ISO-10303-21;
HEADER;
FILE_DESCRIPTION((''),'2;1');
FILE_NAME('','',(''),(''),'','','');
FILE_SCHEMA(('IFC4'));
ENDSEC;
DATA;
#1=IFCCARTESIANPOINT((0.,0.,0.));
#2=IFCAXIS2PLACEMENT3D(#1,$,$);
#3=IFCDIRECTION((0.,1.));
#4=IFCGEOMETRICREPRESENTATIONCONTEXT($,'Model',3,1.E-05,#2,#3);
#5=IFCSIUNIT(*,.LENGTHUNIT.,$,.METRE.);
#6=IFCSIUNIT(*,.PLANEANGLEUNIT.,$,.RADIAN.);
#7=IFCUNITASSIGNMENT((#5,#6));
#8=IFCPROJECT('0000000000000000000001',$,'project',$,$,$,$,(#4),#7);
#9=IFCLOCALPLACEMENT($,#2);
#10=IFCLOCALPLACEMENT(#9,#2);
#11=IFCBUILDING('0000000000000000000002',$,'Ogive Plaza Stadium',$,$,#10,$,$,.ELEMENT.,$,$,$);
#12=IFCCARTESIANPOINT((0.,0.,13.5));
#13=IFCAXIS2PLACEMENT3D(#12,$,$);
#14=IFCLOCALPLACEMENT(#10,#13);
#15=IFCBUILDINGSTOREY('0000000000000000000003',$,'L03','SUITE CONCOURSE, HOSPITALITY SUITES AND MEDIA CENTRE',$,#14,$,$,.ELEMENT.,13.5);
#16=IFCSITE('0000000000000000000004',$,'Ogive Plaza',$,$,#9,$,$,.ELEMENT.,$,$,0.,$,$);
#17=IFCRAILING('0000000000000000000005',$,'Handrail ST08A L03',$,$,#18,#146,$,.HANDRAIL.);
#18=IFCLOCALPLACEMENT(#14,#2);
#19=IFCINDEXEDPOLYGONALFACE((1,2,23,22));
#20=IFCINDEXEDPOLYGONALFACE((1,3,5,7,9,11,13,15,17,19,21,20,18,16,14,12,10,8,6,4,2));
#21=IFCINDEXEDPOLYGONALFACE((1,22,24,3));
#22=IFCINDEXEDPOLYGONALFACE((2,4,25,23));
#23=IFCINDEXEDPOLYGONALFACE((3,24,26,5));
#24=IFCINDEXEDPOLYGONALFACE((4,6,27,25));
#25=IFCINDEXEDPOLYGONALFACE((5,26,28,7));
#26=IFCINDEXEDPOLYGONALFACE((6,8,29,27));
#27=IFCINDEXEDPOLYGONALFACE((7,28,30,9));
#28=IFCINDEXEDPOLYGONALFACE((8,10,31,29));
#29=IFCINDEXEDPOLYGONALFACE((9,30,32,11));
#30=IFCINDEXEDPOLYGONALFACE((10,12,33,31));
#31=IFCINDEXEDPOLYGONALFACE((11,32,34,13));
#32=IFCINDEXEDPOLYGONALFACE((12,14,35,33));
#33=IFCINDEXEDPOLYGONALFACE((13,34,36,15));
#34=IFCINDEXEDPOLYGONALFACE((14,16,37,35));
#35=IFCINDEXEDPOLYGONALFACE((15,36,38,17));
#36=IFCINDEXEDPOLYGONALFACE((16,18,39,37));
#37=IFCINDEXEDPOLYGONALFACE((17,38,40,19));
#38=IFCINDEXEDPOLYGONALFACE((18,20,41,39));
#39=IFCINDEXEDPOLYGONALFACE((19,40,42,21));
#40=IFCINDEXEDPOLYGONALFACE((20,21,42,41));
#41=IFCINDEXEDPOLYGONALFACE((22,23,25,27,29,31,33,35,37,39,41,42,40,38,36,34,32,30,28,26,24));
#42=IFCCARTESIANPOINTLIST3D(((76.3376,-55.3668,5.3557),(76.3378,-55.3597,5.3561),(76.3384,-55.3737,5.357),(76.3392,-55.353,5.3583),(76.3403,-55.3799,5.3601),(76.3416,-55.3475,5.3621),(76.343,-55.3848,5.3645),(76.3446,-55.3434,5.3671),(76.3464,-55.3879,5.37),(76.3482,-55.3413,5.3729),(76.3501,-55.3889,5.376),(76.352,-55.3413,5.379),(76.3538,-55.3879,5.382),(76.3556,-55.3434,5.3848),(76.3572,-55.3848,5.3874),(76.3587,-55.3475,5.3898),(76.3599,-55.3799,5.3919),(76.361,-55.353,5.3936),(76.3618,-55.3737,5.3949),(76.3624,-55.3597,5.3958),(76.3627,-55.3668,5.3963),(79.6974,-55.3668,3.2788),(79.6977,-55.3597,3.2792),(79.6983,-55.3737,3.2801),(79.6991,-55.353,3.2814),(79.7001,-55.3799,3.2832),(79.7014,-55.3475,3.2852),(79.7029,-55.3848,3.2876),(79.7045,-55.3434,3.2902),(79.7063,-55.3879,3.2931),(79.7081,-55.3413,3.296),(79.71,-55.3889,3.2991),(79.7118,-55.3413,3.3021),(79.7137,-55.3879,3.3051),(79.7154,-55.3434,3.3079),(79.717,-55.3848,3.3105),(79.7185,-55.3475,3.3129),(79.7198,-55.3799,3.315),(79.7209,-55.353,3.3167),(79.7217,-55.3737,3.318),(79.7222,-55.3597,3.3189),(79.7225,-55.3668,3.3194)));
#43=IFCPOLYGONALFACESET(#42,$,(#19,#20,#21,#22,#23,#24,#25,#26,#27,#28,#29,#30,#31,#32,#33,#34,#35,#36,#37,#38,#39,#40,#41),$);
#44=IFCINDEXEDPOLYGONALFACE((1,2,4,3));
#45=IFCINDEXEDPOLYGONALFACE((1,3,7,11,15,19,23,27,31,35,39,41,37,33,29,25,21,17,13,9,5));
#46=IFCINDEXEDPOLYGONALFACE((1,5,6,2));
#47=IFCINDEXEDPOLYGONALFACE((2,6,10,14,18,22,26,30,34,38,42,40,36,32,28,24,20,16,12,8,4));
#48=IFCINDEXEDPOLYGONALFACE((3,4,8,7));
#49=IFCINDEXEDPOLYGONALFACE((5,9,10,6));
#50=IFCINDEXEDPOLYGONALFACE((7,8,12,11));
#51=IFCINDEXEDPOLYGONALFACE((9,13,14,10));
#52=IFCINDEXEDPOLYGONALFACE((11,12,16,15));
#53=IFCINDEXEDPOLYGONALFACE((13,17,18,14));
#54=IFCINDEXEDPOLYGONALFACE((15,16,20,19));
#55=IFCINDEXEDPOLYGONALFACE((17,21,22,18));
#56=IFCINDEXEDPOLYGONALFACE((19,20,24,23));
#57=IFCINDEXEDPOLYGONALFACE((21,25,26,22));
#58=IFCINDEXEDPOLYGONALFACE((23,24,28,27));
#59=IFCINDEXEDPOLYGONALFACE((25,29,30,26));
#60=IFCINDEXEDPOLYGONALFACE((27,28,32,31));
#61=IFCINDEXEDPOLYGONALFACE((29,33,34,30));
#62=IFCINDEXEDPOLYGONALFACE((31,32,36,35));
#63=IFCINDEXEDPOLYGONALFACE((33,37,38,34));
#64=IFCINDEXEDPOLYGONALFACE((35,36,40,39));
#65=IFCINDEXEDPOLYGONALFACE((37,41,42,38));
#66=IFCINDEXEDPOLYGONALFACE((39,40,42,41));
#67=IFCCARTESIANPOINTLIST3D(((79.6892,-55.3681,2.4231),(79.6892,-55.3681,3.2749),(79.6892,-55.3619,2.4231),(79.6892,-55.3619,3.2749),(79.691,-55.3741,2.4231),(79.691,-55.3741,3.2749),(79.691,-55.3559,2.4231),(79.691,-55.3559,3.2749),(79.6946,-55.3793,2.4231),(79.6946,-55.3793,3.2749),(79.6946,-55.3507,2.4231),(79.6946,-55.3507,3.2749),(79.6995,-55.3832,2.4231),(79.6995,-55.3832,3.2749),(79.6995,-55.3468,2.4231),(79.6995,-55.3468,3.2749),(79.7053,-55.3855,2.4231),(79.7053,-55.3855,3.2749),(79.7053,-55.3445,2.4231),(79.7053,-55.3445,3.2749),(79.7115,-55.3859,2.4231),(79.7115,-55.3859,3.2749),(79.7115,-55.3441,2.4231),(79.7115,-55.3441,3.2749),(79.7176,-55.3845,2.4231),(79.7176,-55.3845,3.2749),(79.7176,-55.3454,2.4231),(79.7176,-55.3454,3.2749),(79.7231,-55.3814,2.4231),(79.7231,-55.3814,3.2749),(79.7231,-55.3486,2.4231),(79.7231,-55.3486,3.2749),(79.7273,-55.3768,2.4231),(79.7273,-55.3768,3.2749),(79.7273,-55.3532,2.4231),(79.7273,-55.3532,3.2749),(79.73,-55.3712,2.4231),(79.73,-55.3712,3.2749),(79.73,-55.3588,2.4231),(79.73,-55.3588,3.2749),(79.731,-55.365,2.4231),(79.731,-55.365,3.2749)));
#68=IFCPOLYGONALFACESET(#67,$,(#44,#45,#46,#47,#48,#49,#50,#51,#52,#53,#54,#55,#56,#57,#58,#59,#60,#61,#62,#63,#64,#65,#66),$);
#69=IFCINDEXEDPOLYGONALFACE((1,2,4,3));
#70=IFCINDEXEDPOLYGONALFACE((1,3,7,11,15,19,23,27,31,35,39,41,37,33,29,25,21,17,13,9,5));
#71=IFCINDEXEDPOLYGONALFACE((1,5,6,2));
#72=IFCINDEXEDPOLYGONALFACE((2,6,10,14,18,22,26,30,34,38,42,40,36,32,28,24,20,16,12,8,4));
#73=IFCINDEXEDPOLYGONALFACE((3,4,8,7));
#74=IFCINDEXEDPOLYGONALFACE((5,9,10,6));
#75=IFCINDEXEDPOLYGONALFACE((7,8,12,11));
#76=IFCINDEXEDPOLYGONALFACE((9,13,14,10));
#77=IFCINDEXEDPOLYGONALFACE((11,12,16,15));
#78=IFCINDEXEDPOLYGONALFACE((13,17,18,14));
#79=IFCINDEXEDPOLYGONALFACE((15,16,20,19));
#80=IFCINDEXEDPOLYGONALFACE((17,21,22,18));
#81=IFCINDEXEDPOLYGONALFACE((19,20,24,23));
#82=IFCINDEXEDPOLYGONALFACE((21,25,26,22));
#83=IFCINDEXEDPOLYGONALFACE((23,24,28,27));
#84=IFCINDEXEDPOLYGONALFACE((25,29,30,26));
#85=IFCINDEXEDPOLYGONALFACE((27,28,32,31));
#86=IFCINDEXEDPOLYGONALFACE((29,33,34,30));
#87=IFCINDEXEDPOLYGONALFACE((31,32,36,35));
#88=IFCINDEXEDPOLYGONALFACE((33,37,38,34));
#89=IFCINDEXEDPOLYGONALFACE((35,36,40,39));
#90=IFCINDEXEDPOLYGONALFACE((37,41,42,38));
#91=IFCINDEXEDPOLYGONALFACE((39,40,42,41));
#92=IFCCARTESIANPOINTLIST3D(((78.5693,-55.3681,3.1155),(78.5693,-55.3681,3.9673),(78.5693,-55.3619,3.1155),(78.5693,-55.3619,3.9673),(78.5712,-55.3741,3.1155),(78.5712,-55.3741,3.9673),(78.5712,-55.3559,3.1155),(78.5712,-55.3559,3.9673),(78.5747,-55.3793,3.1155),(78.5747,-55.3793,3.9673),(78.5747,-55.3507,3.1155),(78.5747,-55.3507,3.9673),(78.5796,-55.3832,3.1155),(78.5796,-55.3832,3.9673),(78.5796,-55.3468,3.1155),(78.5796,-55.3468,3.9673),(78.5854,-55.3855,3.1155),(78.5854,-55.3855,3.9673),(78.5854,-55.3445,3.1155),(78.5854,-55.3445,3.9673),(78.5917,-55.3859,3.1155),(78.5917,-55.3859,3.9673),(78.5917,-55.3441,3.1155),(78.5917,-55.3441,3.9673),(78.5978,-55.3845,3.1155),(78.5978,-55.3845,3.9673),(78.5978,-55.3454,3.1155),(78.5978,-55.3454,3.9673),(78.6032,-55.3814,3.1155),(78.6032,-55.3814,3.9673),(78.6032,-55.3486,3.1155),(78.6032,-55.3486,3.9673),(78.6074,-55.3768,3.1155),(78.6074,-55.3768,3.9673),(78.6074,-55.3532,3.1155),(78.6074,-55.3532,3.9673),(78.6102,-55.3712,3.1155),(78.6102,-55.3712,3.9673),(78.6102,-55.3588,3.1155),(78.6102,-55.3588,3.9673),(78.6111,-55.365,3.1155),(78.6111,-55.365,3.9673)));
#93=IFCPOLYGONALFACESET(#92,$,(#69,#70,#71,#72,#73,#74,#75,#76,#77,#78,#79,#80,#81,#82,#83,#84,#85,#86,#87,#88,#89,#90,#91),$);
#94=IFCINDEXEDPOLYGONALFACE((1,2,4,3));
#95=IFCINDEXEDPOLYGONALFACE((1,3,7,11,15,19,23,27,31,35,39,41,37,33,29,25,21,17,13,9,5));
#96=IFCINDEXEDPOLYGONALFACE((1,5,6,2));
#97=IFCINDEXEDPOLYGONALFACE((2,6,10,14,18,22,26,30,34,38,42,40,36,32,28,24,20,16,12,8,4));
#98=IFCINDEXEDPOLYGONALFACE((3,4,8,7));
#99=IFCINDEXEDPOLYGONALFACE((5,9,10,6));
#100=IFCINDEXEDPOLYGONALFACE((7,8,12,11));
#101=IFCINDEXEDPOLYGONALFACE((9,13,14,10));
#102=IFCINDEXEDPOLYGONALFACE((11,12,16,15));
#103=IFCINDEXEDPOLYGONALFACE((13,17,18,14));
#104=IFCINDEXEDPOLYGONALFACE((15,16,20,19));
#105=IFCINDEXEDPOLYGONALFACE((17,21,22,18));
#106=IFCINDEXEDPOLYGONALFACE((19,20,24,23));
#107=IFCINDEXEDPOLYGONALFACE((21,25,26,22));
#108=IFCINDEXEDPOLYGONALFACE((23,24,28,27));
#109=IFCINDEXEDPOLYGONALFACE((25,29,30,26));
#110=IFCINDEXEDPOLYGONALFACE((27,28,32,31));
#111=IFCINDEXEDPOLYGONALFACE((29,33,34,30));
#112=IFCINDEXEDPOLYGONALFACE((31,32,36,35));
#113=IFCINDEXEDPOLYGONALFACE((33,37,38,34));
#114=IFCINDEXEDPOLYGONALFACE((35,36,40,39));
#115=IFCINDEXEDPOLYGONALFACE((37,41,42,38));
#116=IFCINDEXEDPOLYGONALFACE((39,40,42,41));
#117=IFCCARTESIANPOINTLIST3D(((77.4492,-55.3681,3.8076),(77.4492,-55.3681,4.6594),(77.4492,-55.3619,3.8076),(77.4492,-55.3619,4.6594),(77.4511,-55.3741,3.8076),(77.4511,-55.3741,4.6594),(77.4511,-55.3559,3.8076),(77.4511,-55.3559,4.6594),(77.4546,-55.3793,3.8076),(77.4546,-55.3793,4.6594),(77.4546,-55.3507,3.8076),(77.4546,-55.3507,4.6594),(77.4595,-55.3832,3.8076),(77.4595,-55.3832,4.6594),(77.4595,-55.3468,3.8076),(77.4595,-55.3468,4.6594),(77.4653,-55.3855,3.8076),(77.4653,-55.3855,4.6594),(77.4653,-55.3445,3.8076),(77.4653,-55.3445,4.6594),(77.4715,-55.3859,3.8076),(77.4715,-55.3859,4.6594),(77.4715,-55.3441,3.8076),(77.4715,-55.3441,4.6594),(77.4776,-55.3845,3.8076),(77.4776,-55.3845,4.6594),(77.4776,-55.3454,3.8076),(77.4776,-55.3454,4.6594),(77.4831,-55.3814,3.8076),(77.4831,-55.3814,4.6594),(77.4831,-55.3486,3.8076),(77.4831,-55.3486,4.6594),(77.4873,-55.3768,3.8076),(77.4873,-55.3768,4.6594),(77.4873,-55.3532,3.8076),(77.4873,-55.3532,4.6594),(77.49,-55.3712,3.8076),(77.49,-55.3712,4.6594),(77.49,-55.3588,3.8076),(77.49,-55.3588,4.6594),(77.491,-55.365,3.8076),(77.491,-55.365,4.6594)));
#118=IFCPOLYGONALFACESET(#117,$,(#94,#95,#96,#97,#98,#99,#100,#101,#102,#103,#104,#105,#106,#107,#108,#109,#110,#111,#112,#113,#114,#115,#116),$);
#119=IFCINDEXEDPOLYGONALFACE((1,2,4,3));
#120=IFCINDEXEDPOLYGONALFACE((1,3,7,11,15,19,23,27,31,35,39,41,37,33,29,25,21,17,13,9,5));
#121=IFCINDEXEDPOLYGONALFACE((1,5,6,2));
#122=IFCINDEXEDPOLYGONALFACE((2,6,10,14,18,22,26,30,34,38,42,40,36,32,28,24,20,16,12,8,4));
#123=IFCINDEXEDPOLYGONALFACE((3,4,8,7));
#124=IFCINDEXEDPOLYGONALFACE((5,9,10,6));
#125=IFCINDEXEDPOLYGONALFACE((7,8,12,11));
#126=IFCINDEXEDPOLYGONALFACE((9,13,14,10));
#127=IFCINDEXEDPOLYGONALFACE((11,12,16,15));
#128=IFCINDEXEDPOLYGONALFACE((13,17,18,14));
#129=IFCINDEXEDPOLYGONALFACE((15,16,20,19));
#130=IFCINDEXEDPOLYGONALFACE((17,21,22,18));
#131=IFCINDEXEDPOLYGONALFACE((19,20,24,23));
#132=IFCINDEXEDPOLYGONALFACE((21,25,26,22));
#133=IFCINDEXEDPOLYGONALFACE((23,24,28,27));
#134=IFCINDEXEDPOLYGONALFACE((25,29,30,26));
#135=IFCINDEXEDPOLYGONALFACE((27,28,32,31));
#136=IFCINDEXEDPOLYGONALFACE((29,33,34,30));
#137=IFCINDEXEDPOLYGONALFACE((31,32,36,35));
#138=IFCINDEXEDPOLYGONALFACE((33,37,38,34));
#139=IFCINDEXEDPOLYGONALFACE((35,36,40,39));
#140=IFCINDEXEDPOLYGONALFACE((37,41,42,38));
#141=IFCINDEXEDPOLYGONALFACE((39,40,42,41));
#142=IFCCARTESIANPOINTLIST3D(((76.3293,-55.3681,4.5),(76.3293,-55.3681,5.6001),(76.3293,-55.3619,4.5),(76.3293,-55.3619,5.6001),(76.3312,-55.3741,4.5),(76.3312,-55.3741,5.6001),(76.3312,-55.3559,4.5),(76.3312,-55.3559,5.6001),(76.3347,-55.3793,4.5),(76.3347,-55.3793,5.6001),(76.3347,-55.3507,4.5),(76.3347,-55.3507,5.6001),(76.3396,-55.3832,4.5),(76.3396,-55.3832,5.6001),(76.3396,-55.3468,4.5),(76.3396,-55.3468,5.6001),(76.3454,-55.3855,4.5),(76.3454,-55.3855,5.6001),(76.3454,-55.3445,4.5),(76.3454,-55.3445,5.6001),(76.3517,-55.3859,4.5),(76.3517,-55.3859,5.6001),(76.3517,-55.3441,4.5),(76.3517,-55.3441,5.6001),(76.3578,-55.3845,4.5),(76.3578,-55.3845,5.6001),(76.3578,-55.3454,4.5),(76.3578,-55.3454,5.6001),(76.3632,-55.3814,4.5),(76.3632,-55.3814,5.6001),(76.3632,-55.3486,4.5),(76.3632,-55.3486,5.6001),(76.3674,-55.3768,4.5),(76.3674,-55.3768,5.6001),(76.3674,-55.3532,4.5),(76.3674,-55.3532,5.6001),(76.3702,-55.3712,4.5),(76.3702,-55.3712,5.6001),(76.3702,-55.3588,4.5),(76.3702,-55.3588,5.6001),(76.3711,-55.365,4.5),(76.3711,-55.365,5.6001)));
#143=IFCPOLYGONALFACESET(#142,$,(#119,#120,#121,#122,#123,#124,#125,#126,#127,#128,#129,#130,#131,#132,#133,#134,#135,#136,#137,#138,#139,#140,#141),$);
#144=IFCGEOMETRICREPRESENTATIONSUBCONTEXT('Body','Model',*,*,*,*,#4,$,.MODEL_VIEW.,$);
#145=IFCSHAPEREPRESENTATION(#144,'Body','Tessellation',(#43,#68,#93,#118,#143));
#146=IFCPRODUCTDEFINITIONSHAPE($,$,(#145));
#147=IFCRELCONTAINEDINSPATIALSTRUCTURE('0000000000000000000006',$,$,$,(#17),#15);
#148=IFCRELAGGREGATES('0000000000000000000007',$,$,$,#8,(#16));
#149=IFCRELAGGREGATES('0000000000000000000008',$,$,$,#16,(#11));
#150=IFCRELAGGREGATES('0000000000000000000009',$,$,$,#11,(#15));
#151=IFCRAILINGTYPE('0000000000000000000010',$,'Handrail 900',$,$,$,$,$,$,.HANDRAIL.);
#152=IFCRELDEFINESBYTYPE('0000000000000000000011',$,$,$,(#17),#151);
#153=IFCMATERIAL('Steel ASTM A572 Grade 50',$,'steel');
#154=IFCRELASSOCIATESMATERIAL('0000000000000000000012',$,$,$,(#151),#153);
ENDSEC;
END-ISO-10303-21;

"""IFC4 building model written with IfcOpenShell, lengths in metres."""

from ifc_helpers import new_model, si_unit, direction, frame, origin, origin_2d, place, context, subcontext, project, spatial, circle, extrude, material, type_object, element, save


model = new_model("IFC4")

# Units and contexts
model_context = context("Model", 3, precision=1e-05, world=origin(), true_north=direction((0.0, 1.0)))
body_context = subcontext(model_context, "Body", "Model", "MODEL_VIEW")
ifc_project = project(units=[si_unit("LENGTHUNIT", "METRE"), si_unit("PLANEANGLEUNIT", "RADIAN")], contexts=[model_context])

# Site, building, storey
site_placement = place(None, origin())
site = spatial("IfcSite", under=ifc_project, at=site_placement, Name="Ogive Plaza", CompositionType="ELEMENT", RefElevation=0.0)
building_placement = place(site_placement, origin())
building = spatial("IfcBuilding", under=site, at=building_placement, Name="Ogive Plaza Stadium", CompositionType="ELEMENT")
storey_placement = place(building_placement, frame((0.0, 0.0, 13.5)))
storey = spatial("IfcBuildingStorey", under=building, at=storey_placement, Name="L03", Description="SUITE CONCOURSE, HOSPITALITY SUITES AND MEDIA CENTRE", CompositionType="ELEMENT", Elevation=13.5)

# Railing
ifc_material_1 = material(Name="Steel ASTM A572 Grade 50", Category="steel")
railing_type_1 = type_object("IfcRailingType", Name="Handrail 900", PredefinedType="HANDRAIL", material=ifc_material_1)
for number, where, name in (
    (1, (79.71, -55.365, 2.4231), "Handrail ST08A L03"),
):
    element("IfcRailing", number, at=place(storey_placement, frame(where)), inside=storey, type_object=railing_type_1, Name=name, PredefinedType="HANDRAIL", context=body_context, shape_type="SweptSolid", body=[
        extrude(circle(Radius=0.0239, at=origin_2d()), frame((0.0, 0.0, 0.876), z_axis=(-0.850606, 0.0, 0.525803), x_axis=(0.0, -1.0, 0.0)), (0.0, 0.0, 1.0), 3.95),
        extrude(circle(Radius=0.021, at=origin_2d()), origin(), (0.0, 0.0, 1.0), 0.8518),
        extrude(circle(Radius=0.021, at=origin_2d()), frame((-1.1199, 0.0, 0.6924)), (0.0, 0.0, 1.0), 0.8518),
        extrude(circle(Radius=0.021, at=origin_2d()), frame((-2.24, 0.0, 1.3845)), (0.0, 0.0, 1.0), 0.8518),
        extrude(circle(Radius=0.021, at=origin_2d()), frame((-3.3599, 0.0, 2.0769)), (0.0, 0.0, 1.0), 1.1001),
    ])

save(model, "model.ifc")
